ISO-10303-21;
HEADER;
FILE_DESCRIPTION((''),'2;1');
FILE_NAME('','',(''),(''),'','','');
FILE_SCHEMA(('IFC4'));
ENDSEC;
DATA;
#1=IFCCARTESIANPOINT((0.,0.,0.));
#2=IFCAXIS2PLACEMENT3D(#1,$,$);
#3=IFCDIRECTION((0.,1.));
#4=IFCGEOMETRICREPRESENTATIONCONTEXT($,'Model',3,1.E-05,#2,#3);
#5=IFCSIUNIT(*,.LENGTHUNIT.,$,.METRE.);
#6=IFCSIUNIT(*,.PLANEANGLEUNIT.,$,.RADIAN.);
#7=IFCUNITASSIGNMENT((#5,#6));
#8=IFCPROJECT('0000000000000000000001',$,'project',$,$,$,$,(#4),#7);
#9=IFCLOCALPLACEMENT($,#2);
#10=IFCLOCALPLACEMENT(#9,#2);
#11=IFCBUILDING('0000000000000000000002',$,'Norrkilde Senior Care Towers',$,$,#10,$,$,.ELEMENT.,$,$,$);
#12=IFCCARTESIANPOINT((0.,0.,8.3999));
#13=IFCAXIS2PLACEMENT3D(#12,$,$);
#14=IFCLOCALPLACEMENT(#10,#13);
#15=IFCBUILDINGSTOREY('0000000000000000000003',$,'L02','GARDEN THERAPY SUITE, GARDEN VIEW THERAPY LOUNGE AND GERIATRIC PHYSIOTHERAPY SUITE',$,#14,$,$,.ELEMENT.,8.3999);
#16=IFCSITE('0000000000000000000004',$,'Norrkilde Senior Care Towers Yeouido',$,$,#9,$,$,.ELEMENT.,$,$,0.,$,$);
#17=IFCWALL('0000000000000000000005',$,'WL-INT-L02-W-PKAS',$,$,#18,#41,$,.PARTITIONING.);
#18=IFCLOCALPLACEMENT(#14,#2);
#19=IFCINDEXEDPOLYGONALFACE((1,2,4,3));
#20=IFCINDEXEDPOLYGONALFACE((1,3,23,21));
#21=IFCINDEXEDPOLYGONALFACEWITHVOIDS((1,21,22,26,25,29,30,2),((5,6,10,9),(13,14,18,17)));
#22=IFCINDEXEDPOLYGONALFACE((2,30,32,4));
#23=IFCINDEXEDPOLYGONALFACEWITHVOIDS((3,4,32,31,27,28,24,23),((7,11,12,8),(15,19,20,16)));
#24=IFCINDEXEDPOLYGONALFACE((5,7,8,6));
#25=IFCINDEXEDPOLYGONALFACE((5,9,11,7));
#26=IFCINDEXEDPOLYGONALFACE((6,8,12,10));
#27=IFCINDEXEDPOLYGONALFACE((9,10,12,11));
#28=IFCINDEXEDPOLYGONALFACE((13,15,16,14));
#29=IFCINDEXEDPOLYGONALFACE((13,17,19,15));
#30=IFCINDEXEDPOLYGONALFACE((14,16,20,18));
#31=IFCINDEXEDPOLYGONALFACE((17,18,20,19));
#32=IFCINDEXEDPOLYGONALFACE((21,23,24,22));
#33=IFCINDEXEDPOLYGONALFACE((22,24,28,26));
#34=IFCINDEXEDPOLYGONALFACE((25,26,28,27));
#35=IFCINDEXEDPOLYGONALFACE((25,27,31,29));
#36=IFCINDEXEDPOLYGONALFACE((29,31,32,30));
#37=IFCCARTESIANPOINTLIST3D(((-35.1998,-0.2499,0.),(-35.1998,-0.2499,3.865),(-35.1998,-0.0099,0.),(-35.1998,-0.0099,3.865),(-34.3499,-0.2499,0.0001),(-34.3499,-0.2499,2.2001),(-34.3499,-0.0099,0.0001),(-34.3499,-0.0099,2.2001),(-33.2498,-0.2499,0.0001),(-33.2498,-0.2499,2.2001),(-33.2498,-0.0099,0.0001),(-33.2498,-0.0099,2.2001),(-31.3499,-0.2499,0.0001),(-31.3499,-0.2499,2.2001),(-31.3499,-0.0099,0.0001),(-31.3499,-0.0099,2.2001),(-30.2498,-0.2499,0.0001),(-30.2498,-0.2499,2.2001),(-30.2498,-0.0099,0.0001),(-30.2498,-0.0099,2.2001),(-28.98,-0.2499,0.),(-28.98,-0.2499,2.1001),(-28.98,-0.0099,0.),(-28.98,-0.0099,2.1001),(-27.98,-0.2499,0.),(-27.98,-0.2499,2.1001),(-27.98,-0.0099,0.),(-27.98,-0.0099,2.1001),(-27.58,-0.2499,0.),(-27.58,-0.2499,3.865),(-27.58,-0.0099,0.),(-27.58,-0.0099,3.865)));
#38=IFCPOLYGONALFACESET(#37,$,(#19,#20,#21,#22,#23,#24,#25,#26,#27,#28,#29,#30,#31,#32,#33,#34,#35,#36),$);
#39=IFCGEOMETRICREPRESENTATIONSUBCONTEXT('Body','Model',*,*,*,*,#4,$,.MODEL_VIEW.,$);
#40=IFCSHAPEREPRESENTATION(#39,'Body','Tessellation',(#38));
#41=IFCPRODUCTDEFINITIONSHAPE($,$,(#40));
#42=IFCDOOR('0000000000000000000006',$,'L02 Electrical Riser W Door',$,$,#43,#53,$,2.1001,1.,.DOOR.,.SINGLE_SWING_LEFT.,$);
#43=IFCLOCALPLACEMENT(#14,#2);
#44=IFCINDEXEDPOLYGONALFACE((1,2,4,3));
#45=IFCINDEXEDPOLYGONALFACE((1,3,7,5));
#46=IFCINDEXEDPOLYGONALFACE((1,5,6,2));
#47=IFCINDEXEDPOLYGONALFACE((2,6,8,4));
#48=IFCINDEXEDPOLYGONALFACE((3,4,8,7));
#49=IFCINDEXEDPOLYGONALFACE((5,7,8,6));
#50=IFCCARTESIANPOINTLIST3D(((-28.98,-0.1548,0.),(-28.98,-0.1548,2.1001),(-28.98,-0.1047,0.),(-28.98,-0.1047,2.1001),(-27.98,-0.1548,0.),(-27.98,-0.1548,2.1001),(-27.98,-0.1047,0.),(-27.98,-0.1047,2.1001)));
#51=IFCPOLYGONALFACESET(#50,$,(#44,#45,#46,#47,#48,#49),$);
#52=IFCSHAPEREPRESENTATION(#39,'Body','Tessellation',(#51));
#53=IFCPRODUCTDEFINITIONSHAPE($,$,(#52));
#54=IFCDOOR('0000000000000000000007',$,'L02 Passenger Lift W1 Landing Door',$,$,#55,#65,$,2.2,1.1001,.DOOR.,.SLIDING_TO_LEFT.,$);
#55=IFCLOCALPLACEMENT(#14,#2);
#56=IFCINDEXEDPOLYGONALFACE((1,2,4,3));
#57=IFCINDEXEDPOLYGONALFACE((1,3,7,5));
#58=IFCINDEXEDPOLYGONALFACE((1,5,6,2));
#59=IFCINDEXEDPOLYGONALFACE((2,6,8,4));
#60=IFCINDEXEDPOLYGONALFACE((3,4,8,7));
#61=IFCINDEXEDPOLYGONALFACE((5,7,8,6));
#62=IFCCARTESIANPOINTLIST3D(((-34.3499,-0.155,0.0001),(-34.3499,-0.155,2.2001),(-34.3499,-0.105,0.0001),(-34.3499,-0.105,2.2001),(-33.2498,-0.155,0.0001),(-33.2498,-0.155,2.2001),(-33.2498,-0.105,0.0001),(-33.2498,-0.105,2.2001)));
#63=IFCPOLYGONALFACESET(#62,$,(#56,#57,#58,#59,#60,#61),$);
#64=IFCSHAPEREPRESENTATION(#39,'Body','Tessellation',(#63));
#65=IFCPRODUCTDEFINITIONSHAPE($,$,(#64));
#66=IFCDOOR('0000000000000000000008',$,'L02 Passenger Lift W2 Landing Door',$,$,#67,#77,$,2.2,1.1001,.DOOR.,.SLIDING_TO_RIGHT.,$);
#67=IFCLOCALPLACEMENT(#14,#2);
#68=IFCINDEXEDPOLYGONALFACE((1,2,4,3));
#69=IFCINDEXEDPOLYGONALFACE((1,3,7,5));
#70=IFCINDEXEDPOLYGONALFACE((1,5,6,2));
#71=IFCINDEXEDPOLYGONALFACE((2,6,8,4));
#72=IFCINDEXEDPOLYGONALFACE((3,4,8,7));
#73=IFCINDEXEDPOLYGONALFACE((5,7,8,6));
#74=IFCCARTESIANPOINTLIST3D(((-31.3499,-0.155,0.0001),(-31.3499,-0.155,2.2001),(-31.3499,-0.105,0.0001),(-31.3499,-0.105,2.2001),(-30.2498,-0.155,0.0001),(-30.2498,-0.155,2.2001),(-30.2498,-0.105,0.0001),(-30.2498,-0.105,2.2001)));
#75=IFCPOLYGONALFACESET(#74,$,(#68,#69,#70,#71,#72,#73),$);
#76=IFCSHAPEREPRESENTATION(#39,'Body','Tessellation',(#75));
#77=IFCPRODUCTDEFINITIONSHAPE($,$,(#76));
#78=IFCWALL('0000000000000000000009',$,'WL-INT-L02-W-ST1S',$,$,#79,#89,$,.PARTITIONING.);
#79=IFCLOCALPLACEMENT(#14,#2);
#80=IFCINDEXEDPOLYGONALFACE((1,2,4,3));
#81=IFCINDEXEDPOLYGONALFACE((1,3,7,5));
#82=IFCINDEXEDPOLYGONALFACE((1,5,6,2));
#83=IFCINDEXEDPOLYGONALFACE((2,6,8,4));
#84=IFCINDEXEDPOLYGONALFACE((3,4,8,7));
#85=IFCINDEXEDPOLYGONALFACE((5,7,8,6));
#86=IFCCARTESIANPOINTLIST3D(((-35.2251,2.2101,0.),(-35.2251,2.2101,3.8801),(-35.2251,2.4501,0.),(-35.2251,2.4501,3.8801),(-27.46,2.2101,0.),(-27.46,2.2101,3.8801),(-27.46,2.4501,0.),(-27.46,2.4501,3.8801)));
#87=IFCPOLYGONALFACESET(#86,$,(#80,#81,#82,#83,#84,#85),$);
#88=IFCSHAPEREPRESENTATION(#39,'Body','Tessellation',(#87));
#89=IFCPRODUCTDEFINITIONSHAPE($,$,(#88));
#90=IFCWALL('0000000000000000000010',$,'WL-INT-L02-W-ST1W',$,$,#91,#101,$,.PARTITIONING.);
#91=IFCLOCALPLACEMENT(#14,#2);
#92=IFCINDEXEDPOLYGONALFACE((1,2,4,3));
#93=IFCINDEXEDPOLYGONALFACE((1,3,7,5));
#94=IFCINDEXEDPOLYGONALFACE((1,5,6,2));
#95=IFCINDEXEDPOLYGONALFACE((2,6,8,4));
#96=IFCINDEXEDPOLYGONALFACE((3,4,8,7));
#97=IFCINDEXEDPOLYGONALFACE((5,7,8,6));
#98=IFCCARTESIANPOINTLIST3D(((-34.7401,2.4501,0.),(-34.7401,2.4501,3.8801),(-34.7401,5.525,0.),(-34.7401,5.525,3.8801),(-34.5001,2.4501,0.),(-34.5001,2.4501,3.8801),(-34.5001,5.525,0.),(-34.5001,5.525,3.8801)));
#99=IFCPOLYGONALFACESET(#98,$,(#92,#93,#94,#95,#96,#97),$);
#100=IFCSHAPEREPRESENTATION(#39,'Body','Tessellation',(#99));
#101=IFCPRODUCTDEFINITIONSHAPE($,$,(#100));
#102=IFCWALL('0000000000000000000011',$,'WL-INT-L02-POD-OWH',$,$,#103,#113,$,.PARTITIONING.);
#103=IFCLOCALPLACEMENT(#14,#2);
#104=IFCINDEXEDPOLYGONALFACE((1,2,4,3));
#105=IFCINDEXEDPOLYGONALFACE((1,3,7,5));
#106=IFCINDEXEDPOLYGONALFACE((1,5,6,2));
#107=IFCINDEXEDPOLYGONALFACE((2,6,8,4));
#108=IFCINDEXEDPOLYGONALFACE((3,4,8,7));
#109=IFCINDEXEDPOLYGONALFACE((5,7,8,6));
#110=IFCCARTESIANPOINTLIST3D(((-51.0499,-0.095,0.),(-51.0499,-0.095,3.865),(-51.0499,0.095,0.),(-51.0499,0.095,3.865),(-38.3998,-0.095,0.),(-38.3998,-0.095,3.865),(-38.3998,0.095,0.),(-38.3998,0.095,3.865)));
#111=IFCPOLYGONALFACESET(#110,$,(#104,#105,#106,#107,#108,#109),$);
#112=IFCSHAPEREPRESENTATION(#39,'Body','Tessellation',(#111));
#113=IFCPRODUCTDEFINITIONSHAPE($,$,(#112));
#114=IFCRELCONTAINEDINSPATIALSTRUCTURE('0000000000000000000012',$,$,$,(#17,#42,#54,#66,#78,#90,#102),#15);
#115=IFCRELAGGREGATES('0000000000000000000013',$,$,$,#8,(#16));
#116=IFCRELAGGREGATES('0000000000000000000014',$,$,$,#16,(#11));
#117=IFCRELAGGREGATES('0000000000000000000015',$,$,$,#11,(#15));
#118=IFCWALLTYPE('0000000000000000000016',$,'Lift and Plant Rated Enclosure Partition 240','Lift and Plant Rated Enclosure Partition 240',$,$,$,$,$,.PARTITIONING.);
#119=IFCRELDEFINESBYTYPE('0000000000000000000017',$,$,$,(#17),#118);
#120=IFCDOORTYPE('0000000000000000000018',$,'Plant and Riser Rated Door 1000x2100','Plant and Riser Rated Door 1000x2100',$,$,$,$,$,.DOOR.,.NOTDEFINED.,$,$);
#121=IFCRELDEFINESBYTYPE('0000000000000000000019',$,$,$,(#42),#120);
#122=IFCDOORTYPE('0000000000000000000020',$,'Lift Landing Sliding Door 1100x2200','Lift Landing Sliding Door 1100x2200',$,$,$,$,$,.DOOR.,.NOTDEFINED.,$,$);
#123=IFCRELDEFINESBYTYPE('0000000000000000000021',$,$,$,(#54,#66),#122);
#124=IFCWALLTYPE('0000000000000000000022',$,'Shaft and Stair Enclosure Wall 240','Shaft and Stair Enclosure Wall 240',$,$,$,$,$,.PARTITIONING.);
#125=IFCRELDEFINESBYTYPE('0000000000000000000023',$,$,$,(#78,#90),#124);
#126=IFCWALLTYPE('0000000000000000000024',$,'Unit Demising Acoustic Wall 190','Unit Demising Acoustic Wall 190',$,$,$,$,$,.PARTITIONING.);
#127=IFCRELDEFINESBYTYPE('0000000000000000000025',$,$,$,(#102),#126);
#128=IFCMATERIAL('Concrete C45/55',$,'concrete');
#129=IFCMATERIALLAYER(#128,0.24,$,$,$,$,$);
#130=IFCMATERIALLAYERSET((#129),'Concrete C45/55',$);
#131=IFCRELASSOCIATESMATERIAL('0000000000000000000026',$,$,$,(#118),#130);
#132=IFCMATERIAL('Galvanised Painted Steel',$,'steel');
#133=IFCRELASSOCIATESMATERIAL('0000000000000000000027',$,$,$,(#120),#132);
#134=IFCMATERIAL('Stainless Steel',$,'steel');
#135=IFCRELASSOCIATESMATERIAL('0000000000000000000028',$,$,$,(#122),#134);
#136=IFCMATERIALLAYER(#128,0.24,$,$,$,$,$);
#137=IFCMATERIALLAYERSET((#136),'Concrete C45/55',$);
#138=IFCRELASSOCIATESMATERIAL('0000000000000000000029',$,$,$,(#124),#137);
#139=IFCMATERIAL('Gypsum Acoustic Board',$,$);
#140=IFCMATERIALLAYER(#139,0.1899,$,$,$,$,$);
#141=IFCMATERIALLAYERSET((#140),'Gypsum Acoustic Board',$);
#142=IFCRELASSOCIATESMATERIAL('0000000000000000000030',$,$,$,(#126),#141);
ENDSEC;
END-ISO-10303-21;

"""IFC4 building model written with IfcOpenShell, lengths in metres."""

from ifc_helpers import new_model, si_unit, direction, frame, frame_2d, origin, place, context, subcontext, project, spatial, rectangle, extrude, source, transform, mapped, material, layer, layer_set, type_object, type_shapes, element, fill, save


model = new_model("IFC4")

# Units and contexts
model_context = context("Model", 3, precision=1e-05, world=origin(), true_north=direction((0.0, 1.0)))
body_context = subcontext(model_context, "Body", "Model", "MODEL_VIEW")
ifc_project = project(units=[si_unit("LENGTHUNIT", "METRE"), si_unit("PLANEANGLEUNIT", "RADIAN")], contexts=[model_context])

# Site, building, storey
site_placement = place(None, origin())
site = spatial("IfcSite", under=ifc_project, at=site_placement, Name="Norrkilde Senior Care Towers Yeouido", CompositionType="ELEMENT", RefElevation=0.0)
building_placement = place(site_placement, origin())
building = spatial("IfcBuilding", under=site, at=building_placement, Name="Norrkilde Senior Care Towers", CompositionType="ELEMENT")
storey_placement = place(building_placement, frame((0.0, 0.0, 8.3999)))
storey = spatial("IfcBuildingStorey", under=building, at=storey_placement, Name="L02", Description="GARDEN THERAPY SUITE, GARDEN VIEW THERAPY LOUNGE AND GERIATRIC PHYSIOTHERAPY SUITE", CompositionType="ELEMENT", Elevation=8.3999)

# Wall, openings, doors
ifc_material_1 = material(Name="Concrete C45/55", Category="concrete")
ifc_layer_1 = layer(ifc_material_1, 0.24)
ifc_layer_set_1 = layer_set([ifc_layer_1], Name="Concrete C45/55")
wall_type_1 = type_object("IfcWallType", Name="Lift and Plant Rated Enclosure Partition 240", Description="Lift and Plant Rated Enclosure Partition 240", PredefinedType="PARTITIONING", material=ifc_layer_set_1)
shared_shape_1 = source(origin(), body_context, "Body", "SweptSolid", [
    extrude(rectangle(XDim=7.6199, YDim=0.24, at=frame_2d((3.8101, 0.0))), origin(), (0.0, 0.0, 1.0), 3.865),
])
type_shapes(wall_type_1, [shared_shape_1])
wall_1_placement = place(storey_placement, frame((-35.2, -0.1299, 0.0), z_axis=(0.0, 0.0, 1.0), x_axis=(1.0, 0.0, 0.0)))
wall_1 = element("IfcWall", 1, at=wall_1_placement, inside=storey, type_object=wall_type_1, Name="WL-INT-L02-W-PKAS", PredefinedType="PARTITIONING", context=body_context, shape_type="MappedRepresentation", body=[
    mapped(shared_shape_1, transform((0.0, 0.0, 0.0), x_axis=(1.0, 0.0, 0.0), y_axis=(0.0, 1.0, 0.0), z_axis=(0.0, 0.0, 1.0), scale=1.0)),
])
opening_1_placement = place(wall_1_placement, frame((6.22, 0.0, 0.0)))
opening_1 = element("IfcOpeningElement", 2, at=opening_1_placement, cuts=wall_1, PredefinedType="OPENING", context=body_context, shape_type="SweptSolid", body=[
    extrude(rectangle(XDim=1.0, YDim=2.1001, at=frame_2d((0.5, 1.05))), frame((0.0, 0.1299, 0.0), z_axis=(0.0, -1.0, 0.0), x_axis=(1.0, 0.0, 0.0)), (0.0, 0.0, 1.0), 0.26),
])
opening_2_placement = place(wall_1_placement, frame((0.8501, 0.0, 0.0)))
opening_2 = element("IfcOpeningElement", 3, at=opening_2_placement, cuts=wall_1, PredefinedType="OPENING", context=body_context, shape_type="SweptSolid", body=[
    extrude(rectangle(XDim=1.1001, YDim=2.2, at=frame_2d((0.55, 1.1001))), frame((0.0, 0.1299, 0.0), z_axis=(0.0, -1.0, 0.0), x_axis=(1.0, 0.0, 0.0)), (0.0, 0.0, 1.0), 0.26),
])
opening_3_placement = place(wall_1_placement, frame((3.8501, 0.0, 0.0)))
opening_3 = element("IfcOpeningElement", 4, at=opening_3_placement, cuts=wall_1, PredefinedType="OPENING", context=body_context, shape_type="SweptSolid", body=[
    extrude(rectangle(XDim=1.1001, YDim=2.2, at=frame_2d((0.55, 1.1001))), frame((0.0, 0.1299, 0.0), z_axis=(0.0, -1.0, 0.0), x_axis=(1.0, 0.0, 0.0)), (0.0, 0.0, 1.0), 0.26),
])
ifc_material_2 = material(Name="Galvanised Painted Steel", Category="steel")
door_type_1 = type_object("IfcDoorType", Name="Plant and Riser Rated Door 1000x2100", Description="Plant and Riser Rated Door 1000x2100", OperationType="NOTDEFINED", PredefinedType="DOOR", material=ifc_material_2)
shared_shape_2 = source(origin(), body_context, "Body", "SweptSolid", [
    extrude(rectangle(XDim=1.0, YDim=2.1001, at=frame_2d((0.5, 1.05))), frame((0.0, 0.0249, 0.0), z_axis=(0.0, -1.0, 0.0), x_axis=(1.0, 0.0, 0.0)), (0.0, 0.0, 1.0), 0.05),
])
type_shapes(door_type_1, [shared_shape_2])
door_1_placement = place(opening_1_placement, frame((1.0, 0.0, 0.0), z_axis=(0.0, 0.0, 1.0), x_axis=(-1.0, 0.0, 0.0)))
door_1 = element("IfcDoor", 5, at=door_1_placement, inside=storey, type_object=door_type_1, Name="L02 Electrical Riser W Door", OperationType="SINGLE_SWING_LEFT", OverallHeight=2.1001, OverallWidth=1.0, PredefinedType="DOOR", context=body_context, shape_type="MappedRepresentation", body=[
    mapped(shared_shape_2, transform((0.0, 0.0, 0.0), x_axis=(1.0, 0.0, 0.0), y_axis=(0.0, 1.0, 0.0), z_axis=(0.0, 0.0, 1.0), scale=1.0)),
])
fill(opening_1, door_1)
ifc_material_3 = material(Name="Stainless Steel", Category="steel")
door_type_2 = type_object("IfcDoorType", Name="Lift Landing Sliding Door 1100x2200", Description="Lift Landing Sliding Door 1100x2200", OperationType="NOTDEFINED", PredefinedType="DOOR", material=ifc_material_3)
shared_shape_3 = source(origin(), body_context, "Body", "SweptSolid", [
    extrude(rectangle(XDim=1.1001, YDim=2.2, at=frame_2d((0.55, 1.1001))), frame((0.0, 0.0249, 0.0), z_axis=(0.0, -1.0, 0.0), x_axis=(1.0, 0.0, 0.0)), (0.0, 0.0, 1.0), 0.05),
])
type_shapes(door_type_2, [shared_shape_3])
door_2_placement = place(opening_2_placement, origin())
door_2 = element("IfcDoor", 6, at=door_2_placement, inside=storey, type_object=door_type_2, Name="L02 Passenger Lift W1 Landing Door", OperationType="SLIDING_TO_LEFT", OverallHeight=2.2, OverallWidth=1.1001, PredefinedType="DOOR", context=body_context, shape_type="MappedRepresentation", body=[
    mapped(shared_shape_3, transform((0.0, 0.0, 0.0), x_axis=(1.0, 0.0, 0.0), y_axis=(0.0, 1.0, 0.0), z_axis=(0.0, 0.0, 1.0), scale=1.0)),
])
fill(opening_2, door_2)
door_3_placement = place(opening_3_placement, origin())
door_3 = element("IfcDoor", 7, at=door_3_placement, inside=storey, type_object=door_type_2, Name="L02 Passenger Lift W2 Landing Door", OperationType="SLIDING_TO_RIGHT", OverallHeight=2.2, OverallWidth=1.1001, PredefinedType="DOOR", context=body_context, shape_type="MappedRepresentation", body=[
    mapped(shared_shape_3, transform((0.0, 0.0, 0.0), x_axis=(1.0, 0.0, 0.0), y_axis=(0.0, 1.0, 0.0), z_axis=(0.0, 0.0, 1.0), scale=1.0)),
])
fill(opening_3, door_3)

# Walls
ifc_layer_2 = layer(ifc_material_1, 0.24)
ifc_layer_set_2 = layer_set([ifc_layer_2], Name="Concrete C45/55")
wall_type_2 = type_object("IfcWallType", Name="Shaft and Stair Enclosure Wall 240", Description="Shaft and Stair Enclosure Wall 240", PredefinedType="PARTITIONING", material=ifc_layer_set_2)
shared_shape_4 = source(origin(), body_context, "Body", "SweptSolid", [
    extrude(rectangle(XDim=7.7651, YDim=0.24, at=frame_2d((3.8826, 0.0))), origin(), (0.0, 0.0, 1.0), 3.8801),
])
wall_2_placement = place(storey_placement, frame((-35.2251, 2.3301, 0.0), z_axis=(0.0, 0.0, 1.0), x_axis=(1.0, 0.0, 0.0)))
element("IfcWall", 8, at=wall_2_placement, inside=storey, type_object=wall_type_2, Name="WL-INT-L02-W-ST1S", PredefinedType="PARTITIONING", context=body_context, shape_type="MappedRepresentation", body=[
    mapped(shared_shape_4, transform((0.0, 0.0, 0.0), x_axis=(1.0, 0.0, 0.0), y_axis=(0.0, 1.0, 0.0), z_axis=(0.0, 0.0, 1.0), scale=1.0)),
])
shared_shape_5 = source(origin(), body_context, "Body", "SweptSolid", [
    extrude(rectangle(XDim=3.075, YDim=0.24, at=frame_2d((1.5376, 0.0))), origin(), (0.0, 0.0, 1.0), 3.8801),
])
type_shapes(wall_type_2, [shared_shape_4, shared_shape_5])
wall_3_placement = place(storey_placement, frame((-34.6201, 2.45, 0.0), z_axis=(0.0, 0.0, 1.0), x_axis=(0.0, 1.0, 0.0)))
element("IfcWall", 9, at=wall_3_placement, inside=storey, type_object=wall_type_2, Name="WL-INT-L02-W-ST1W", PredefinedType="PARTITIONING", context=body_context, shape_type="MappedRepresentation", body=[
    mapped(shared_shape_5, transform((0.0, 0.0, 0.0), x_axis=(1.0, 0.0, 0.0), y_axis=(0.0, 1.0, 0.0), z_axis=(0.0, 0.0, 1.0), scale=1.0)),
])
ifc_material_4 = material(Name="Gypsum Acoustic Board")
ifc_layer_3 = layer(ifc_material_4, 0.1899)
ifc_layer_set_3 = layer_set([ifc_layer_3], Name="Gypsum Acoustic Board")
wall_type_3 = type_object("IfcWallType", Name="Unit Demising Acoustic Wall 190", Description="Unit Demising Acoustic Wall 190", PredefinedType="PARTITIONING", material=ifc_layer_set_3)
shared_shape_6 = source(origin(), body_context, "Body", "SweptSolid", [
    extrude(rectangle(XDim=12.6501, YDim=0.1899, at=frame_2d((6.3252, 0.0))), origin(), (0.0, 0.0, 1.0), 3.865),
])
type_shapes(wall_type_3, [shared_shape_6])
wall_4_placement = place(storey_placement, frame((-51.05, 0.0, 0.0), z_axis=(0.0, 0.0, 1.0), x_axis=(1.0, 0.0, 0.0)))
element("IfcWall", 10, at=wall_4_placement, inside=storey, type_object=wall_type_3, Name="WL-INT-L02-POD-OWH", PredefinedType="PARTITIONING", context=body_context, shape_type="MappedRepresentation", body=[
    mapped(shared_shape_6, transform((0.0, 0.0, 0.0), x_axis=(1.0, 0.0, 0.0), y_axis=(0.0, 1.0, 0.0), z_axis=(0.0, 0.0, 1.0), scale=1.0)),
])

save(model, "model.ifc")
